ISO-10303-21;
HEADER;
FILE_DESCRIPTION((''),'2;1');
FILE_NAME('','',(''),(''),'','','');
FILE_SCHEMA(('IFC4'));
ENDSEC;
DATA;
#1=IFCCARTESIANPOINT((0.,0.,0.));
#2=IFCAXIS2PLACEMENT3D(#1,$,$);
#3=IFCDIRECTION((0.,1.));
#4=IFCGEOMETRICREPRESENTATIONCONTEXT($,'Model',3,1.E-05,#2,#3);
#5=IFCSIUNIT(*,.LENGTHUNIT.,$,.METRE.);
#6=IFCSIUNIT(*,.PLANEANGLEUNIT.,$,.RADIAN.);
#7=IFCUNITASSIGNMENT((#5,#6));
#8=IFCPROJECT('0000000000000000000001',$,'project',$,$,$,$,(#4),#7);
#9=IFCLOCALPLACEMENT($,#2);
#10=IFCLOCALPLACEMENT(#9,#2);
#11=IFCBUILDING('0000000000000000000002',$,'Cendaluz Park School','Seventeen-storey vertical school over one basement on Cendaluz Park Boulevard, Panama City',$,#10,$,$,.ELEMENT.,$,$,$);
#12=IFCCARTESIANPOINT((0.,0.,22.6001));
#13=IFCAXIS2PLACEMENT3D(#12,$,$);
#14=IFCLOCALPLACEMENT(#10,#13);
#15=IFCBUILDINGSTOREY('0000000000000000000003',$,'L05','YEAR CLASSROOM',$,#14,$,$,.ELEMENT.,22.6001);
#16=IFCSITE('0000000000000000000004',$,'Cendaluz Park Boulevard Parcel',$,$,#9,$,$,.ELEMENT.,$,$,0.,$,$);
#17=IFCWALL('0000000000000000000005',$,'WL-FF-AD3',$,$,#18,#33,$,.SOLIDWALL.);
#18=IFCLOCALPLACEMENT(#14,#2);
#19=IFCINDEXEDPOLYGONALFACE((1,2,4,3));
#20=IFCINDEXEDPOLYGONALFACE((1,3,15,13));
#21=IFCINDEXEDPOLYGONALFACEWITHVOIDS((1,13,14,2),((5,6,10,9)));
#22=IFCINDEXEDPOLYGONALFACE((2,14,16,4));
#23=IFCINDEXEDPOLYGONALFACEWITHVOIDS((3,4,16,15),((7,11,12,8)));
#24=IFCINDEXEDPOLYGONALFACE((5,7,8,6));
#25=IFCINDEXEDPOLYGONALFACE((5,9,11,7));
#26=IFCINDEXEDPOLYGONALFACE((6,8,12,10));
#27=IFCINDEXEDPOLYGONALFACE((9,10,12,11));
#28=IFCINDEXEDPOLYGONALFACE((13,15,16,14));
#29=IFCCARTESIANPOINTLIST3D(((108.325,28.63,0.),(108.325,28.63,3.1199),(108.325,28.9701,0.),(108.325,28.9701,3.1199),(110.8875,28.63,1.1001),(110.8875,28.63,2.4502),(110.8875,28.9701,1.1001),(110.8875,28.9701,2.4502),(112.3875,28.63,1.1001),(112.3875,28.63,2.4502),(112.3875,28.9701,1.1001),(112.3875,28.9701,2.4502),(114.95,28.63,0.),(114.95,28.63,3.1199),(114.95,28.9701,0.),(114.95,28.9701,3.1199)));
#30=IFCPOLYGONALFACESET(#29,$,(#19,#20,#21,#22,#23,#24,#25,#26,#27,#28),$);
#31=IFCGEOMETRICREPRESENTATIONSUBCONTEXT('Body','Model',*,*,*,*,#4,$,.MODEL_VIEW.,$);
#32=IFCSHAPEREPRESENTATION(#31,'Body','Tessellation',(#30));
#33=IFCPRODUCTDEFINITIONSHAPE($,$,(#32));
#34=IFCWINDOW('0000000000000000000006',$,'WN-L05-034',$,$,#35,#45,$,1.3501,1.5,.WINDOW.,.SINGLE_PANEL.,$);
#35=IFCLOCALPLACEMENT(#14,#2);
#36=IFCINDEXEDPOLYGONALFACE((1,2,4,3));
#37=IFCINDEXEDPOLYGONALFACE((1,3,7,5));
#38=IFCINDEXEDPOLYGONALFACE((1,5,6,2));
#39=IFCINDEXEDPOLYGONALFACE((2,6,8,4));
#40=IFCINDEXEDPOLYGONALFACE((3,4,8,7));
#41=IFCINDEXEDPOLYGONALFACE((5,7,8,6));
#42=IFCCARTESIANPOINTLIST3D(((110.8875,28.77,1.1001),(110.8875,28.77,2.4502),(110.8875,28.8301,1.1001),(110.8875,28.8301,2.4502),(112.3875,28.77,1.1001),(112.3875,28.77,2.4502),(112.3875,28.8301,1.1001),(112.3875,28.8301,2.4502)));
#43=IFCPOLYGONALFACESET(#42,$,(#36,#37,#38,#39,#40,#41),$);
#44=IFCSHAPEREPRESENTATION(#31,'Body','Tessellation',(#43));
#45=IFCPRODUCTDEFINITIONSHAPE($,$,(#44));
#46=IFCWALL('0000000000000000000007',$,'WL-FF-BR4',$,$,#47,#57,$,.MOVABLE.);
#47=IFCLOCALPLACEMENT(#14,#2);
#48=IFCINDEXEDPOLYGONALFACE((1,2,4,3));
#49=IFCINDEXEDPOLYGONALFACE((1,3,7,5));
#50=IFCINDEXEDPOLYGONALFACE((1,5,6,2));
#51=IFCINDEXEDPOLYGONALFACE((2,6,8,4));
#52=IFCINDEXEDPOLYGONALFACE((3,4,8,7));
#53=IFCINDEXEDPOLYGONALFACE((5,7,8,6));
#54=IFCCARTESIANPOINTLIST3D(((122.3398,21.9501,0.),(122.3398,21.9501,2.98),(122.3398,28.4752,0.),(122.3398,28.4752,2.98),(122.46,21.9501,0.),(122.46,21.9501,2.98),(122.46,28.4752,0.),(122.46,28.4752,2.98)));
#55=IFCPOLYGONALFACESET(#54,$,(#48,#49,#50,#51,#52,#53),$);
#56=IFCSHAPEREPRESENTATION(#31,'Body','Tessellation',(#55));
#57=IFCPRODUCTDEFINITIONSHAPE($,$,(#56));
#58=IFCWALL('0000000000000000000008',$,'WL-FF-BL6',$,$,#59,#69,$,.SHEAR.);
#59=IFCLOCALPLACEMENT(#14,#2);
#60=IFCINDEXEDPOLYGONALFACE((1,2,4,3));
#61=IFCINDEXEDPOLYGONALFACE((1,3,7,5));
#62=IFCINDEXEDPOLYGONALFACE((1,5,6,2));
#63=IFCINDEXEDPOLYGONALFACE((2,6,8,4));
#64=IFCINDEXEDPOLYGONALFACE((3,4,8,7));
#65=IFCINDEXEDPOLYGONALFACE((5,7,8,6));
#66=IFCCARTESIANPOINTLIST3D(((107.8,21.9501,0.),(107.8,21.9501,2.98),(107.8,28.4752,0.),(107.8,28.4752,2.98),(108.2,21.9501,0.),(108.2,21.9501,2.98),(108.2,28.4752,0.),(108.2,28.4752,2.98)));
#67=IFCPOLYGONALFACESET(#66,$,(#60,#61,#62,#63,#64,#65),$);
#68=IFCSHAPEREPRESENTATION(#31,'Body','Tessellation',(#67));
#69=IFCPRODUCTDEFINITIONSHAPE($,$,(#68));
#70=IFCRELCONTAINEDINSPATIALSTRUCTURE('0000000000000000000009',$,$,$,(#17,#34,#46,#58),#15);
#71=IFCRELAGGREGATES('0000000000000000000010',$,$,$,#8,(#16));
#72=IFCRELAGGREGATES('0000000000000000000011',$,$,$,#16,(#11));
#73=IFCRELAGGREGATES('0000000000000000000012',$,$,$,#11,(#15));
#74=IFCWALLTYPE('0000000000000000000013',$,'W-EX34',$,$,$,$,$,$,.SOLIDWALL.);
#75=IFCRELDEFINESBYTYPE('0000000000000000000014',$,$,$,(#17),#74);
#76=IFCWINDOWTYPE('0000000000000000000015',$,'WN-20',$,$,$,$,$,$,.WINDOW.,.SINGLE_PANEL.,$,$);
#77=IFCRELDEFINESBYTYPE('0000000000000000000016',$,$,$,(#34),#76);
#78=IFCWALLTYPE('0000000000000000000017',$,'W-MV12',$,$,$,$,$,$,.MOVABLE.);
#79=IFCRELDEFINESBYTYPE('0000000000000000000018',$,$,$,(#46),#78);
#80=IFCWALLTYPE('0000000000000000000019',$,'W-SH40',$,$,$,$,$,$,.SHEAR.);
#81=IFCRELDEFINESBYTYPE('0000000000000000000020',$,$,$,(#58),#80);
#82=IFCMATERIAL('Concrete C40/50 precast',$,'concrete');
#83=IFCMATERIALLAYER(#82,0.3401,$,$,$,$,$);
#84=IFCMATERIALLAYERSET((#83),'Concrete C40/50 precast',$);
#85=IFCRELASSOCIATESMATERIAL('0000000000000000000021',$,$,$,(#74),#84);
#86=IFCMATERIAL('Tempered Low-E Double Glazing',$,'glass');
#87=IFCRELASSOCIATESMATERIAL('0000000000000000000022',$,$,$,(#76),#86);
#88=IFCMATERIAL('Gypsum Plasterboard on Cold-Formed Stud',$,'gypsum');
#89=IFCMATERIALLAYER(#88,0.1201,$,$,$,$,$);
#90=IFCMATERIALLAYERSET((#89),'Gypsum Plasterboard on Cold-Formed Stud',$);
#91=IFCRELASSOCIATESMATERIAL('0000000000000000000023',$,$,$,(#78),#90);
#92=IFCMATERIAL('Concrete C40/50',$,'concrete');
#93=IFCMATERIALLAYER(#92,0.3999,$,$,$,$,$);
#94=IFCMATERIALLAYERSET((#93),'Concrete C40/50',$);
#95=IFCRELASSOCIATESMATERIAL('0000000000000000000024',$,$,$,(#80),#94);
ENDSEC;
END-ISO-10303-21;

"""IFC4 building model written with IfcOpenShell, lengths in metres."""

from ifc_helpers import new_model, si_unit, direction, frame, frame_2d, origin, place, context, subcontext, project, spatial, rectangle, extrude, material, layer, layer_set, type_object, element, fill, save


model = new_model("IFC4")

# Units and contexts
model_context = context("Model", 3, precision=1e-05, world=origin(), true_north=direction((0.0, 1.0)))
body_context = subcontext(model_context, "Body", "Model", "MODEL_VIEW")
ifc_project = project(units=[si_unit("LENGTHUNIT", "METRE"), si_unit("PLANEANGLEUNIT", "RADIAN")], contexts=[model_context])

# Site, building, storey
site_placement = place(None, origin())
site = spatial("IfcSite", under=ifc_project, at=site_placement, Name="Cendaluz Park Boulevard Parcel", CompositionType="ELEMENT", RefElevation=0.0)
building_placement = place(site_placement, origin())
building = spatial("IfcBuilding", under=site, at=building_placement, Name="Cendaluz Park School", Description="Seventeen-storey vertical school over one basement on Cendaluz Park Boulevard, Panama City", CompositionType="ELEMENT")
storey_placement = place(building_placement, frame((0.0, 0.0, 22.6001)))
storey = spatial("IfcBuildingStorey", under=building, at=storey_placement, Name="L05", Description="YEAR CLASSROOM", CompositionType="ELEMENT", Elevation=22.6001)

# Shared definitions
ifc_material_1 = material(Name="Concrete C40/50", Category="concrete")

# Shared definitions
ifc_material_2 = material(Name="Gypsum Plasterboard on Cold-Formed Stud", Category="gypsum")

# Wall, opening, window
ifc_material_3 = material(Name="Concrete C40/50 precast", Category="concrete")
ifc_layer_1 = layer(ifc_material_3, 0.3401)
ifc_layer_set_1 = layer_set([ifc_layer_1], Name="Concrete C40/50 precast")
wall_type_1 = type_object("IfcWallType", Name="W-EX34", PredefinedType="SOLIDWALL", material=ifc_layer_set_1)
wall_1_placement = place(storey_placement, frame((108.325, 28.8, 0.0), z_axis=(0.0, 0.0, 1.0), x_axis=(1.0, 0.0, 0.0)))
wall_1 = element("IfcWall", 1, at=wall_1_placement, inside=storey, type_object=wall_type_1, Name="WL-FF-AD3", PredefinedType="SOLIDWALL", context=body_context, shape_type="SweptSolid", body=[
    extrude(rectangle(XDim=6.625, YDim=0.3401, at=frame_2d((3.3125, 0.0))), origin(), (0.0, 0.0, 1.0), 3.1199),
])
opening_placement = place(wall_1_placement, frame((2.5625, 0.0, 1.1001)))
opening = element("IfcOpeningElement", 2, at=opening_placement, cuts=wall_1, PredefinedType="OPENING", context=body_context, shape_type="SweptSolid", body=[
    extrude(rectangle(XDim=1.5, YDim=1.3501, at=frame_2d((0.75, 0.675))), frame((0.0, 0.1821, 0.0), z_axis=(0.0, -1.0, 0.0), x_axis=(1.0, 0.0, 0.0)), (0.0, 0.0, 1.0), 0.364),
])
ifc_material_4 = material(Name="Tempered Low-E Double Glazing", Category="glass")
window_type = type_object("IfcWindowType", Name="WN-20", PartitioningType="SINGLE_PANEL", PredefinedType="WINDOW", material=ifc_material_4)
window_placement = place(opening_placement, origin())
window = element("IfcWindow", 3, at=window_placement, inside=storey, type_object=window_type, Name="WN-L05-034", OverallHeight=1.3501, OverallWidth=1.5, PartitioningType="SINGLE_PANEL", PredefinedType="WINDOW", context=body_context, shape_type="SweptSolid", body=[
    extrude(rectangle(XDim=1.5, YDim=1.3501, at=frame_2d((0.75, 0.675))), frame((0.0, 0.03, 0.0), z_axis=(0.0, -1.0, 0.0), x_axis=(1.0, 0.0, 0.0)), (0.0, 0.0, 1.0), 0.0601),
])
fill(opening, window)

# Walls
ifc_layer_2 = layer(ifc_material_2, 0.1201)
ifc_layer_set_2 = layer_set([ifc_layer_2], Name="Gypsum Plasterboard on Cold-Formed Stud")
wall_type_2 = type_object("IfcWallType", Name="W-MV12", PredefinedType="MOVABLE", material=ifc_layer_set_2)
wall_2_placement = place(storey_placement, frame((122.3999, 21.95, 0.0), z_axis=(0.0, 0.0, 1.0), x_axis=(0.0, 1.0, 0.0)))
element("IfcWall", 4, at=wall_2_placement, inside=storey, type_object=wall_type_2, Name="WL-FF-BR4", PredefinedType="MOVABLE", context=body_context, shape_type="SweptSolid", body=[
    extrude(rectangle(XDim=6.5251, YDim=0.1201, at=frame_2d((3.2627, 0.0))), origin(), (0.0, 0.0, 1.0), 2.98),
])
ifc_layer_3 = layer(ifc_material_1, 0.3999)
ifc_layer_set_3 = layer_set([ifc_layer_3], Name="Concrete C40/50")
wall_type_3 = type_object("IfcWallType", Name="W-SH40", PredefinedType="SHEAR", material=ifc_layer_set_3)
wall_3_placement = place(storey_placement, frame((108.0, 21.95, 0.0), z_axis=(0.0, 0.0, 1.0), x_axis=(0.0, 1.0, 0.0)))
element("IfcWall", 5, at=wall_3_placement, inside=storey, type_object=wall_type_3, Name="WL-FF-BL6", PredefinedType="SHEAR", context=body_context, shape_type="SweptSolid", body=[
    extrude(rectangle(XDim=6.5251, YDim=0.3999, at=frame_2d((3.2627, 0.0))), origin(), (0.0, 0.0, 1.0), 2.98),
])

save(model, "model.ifc")
